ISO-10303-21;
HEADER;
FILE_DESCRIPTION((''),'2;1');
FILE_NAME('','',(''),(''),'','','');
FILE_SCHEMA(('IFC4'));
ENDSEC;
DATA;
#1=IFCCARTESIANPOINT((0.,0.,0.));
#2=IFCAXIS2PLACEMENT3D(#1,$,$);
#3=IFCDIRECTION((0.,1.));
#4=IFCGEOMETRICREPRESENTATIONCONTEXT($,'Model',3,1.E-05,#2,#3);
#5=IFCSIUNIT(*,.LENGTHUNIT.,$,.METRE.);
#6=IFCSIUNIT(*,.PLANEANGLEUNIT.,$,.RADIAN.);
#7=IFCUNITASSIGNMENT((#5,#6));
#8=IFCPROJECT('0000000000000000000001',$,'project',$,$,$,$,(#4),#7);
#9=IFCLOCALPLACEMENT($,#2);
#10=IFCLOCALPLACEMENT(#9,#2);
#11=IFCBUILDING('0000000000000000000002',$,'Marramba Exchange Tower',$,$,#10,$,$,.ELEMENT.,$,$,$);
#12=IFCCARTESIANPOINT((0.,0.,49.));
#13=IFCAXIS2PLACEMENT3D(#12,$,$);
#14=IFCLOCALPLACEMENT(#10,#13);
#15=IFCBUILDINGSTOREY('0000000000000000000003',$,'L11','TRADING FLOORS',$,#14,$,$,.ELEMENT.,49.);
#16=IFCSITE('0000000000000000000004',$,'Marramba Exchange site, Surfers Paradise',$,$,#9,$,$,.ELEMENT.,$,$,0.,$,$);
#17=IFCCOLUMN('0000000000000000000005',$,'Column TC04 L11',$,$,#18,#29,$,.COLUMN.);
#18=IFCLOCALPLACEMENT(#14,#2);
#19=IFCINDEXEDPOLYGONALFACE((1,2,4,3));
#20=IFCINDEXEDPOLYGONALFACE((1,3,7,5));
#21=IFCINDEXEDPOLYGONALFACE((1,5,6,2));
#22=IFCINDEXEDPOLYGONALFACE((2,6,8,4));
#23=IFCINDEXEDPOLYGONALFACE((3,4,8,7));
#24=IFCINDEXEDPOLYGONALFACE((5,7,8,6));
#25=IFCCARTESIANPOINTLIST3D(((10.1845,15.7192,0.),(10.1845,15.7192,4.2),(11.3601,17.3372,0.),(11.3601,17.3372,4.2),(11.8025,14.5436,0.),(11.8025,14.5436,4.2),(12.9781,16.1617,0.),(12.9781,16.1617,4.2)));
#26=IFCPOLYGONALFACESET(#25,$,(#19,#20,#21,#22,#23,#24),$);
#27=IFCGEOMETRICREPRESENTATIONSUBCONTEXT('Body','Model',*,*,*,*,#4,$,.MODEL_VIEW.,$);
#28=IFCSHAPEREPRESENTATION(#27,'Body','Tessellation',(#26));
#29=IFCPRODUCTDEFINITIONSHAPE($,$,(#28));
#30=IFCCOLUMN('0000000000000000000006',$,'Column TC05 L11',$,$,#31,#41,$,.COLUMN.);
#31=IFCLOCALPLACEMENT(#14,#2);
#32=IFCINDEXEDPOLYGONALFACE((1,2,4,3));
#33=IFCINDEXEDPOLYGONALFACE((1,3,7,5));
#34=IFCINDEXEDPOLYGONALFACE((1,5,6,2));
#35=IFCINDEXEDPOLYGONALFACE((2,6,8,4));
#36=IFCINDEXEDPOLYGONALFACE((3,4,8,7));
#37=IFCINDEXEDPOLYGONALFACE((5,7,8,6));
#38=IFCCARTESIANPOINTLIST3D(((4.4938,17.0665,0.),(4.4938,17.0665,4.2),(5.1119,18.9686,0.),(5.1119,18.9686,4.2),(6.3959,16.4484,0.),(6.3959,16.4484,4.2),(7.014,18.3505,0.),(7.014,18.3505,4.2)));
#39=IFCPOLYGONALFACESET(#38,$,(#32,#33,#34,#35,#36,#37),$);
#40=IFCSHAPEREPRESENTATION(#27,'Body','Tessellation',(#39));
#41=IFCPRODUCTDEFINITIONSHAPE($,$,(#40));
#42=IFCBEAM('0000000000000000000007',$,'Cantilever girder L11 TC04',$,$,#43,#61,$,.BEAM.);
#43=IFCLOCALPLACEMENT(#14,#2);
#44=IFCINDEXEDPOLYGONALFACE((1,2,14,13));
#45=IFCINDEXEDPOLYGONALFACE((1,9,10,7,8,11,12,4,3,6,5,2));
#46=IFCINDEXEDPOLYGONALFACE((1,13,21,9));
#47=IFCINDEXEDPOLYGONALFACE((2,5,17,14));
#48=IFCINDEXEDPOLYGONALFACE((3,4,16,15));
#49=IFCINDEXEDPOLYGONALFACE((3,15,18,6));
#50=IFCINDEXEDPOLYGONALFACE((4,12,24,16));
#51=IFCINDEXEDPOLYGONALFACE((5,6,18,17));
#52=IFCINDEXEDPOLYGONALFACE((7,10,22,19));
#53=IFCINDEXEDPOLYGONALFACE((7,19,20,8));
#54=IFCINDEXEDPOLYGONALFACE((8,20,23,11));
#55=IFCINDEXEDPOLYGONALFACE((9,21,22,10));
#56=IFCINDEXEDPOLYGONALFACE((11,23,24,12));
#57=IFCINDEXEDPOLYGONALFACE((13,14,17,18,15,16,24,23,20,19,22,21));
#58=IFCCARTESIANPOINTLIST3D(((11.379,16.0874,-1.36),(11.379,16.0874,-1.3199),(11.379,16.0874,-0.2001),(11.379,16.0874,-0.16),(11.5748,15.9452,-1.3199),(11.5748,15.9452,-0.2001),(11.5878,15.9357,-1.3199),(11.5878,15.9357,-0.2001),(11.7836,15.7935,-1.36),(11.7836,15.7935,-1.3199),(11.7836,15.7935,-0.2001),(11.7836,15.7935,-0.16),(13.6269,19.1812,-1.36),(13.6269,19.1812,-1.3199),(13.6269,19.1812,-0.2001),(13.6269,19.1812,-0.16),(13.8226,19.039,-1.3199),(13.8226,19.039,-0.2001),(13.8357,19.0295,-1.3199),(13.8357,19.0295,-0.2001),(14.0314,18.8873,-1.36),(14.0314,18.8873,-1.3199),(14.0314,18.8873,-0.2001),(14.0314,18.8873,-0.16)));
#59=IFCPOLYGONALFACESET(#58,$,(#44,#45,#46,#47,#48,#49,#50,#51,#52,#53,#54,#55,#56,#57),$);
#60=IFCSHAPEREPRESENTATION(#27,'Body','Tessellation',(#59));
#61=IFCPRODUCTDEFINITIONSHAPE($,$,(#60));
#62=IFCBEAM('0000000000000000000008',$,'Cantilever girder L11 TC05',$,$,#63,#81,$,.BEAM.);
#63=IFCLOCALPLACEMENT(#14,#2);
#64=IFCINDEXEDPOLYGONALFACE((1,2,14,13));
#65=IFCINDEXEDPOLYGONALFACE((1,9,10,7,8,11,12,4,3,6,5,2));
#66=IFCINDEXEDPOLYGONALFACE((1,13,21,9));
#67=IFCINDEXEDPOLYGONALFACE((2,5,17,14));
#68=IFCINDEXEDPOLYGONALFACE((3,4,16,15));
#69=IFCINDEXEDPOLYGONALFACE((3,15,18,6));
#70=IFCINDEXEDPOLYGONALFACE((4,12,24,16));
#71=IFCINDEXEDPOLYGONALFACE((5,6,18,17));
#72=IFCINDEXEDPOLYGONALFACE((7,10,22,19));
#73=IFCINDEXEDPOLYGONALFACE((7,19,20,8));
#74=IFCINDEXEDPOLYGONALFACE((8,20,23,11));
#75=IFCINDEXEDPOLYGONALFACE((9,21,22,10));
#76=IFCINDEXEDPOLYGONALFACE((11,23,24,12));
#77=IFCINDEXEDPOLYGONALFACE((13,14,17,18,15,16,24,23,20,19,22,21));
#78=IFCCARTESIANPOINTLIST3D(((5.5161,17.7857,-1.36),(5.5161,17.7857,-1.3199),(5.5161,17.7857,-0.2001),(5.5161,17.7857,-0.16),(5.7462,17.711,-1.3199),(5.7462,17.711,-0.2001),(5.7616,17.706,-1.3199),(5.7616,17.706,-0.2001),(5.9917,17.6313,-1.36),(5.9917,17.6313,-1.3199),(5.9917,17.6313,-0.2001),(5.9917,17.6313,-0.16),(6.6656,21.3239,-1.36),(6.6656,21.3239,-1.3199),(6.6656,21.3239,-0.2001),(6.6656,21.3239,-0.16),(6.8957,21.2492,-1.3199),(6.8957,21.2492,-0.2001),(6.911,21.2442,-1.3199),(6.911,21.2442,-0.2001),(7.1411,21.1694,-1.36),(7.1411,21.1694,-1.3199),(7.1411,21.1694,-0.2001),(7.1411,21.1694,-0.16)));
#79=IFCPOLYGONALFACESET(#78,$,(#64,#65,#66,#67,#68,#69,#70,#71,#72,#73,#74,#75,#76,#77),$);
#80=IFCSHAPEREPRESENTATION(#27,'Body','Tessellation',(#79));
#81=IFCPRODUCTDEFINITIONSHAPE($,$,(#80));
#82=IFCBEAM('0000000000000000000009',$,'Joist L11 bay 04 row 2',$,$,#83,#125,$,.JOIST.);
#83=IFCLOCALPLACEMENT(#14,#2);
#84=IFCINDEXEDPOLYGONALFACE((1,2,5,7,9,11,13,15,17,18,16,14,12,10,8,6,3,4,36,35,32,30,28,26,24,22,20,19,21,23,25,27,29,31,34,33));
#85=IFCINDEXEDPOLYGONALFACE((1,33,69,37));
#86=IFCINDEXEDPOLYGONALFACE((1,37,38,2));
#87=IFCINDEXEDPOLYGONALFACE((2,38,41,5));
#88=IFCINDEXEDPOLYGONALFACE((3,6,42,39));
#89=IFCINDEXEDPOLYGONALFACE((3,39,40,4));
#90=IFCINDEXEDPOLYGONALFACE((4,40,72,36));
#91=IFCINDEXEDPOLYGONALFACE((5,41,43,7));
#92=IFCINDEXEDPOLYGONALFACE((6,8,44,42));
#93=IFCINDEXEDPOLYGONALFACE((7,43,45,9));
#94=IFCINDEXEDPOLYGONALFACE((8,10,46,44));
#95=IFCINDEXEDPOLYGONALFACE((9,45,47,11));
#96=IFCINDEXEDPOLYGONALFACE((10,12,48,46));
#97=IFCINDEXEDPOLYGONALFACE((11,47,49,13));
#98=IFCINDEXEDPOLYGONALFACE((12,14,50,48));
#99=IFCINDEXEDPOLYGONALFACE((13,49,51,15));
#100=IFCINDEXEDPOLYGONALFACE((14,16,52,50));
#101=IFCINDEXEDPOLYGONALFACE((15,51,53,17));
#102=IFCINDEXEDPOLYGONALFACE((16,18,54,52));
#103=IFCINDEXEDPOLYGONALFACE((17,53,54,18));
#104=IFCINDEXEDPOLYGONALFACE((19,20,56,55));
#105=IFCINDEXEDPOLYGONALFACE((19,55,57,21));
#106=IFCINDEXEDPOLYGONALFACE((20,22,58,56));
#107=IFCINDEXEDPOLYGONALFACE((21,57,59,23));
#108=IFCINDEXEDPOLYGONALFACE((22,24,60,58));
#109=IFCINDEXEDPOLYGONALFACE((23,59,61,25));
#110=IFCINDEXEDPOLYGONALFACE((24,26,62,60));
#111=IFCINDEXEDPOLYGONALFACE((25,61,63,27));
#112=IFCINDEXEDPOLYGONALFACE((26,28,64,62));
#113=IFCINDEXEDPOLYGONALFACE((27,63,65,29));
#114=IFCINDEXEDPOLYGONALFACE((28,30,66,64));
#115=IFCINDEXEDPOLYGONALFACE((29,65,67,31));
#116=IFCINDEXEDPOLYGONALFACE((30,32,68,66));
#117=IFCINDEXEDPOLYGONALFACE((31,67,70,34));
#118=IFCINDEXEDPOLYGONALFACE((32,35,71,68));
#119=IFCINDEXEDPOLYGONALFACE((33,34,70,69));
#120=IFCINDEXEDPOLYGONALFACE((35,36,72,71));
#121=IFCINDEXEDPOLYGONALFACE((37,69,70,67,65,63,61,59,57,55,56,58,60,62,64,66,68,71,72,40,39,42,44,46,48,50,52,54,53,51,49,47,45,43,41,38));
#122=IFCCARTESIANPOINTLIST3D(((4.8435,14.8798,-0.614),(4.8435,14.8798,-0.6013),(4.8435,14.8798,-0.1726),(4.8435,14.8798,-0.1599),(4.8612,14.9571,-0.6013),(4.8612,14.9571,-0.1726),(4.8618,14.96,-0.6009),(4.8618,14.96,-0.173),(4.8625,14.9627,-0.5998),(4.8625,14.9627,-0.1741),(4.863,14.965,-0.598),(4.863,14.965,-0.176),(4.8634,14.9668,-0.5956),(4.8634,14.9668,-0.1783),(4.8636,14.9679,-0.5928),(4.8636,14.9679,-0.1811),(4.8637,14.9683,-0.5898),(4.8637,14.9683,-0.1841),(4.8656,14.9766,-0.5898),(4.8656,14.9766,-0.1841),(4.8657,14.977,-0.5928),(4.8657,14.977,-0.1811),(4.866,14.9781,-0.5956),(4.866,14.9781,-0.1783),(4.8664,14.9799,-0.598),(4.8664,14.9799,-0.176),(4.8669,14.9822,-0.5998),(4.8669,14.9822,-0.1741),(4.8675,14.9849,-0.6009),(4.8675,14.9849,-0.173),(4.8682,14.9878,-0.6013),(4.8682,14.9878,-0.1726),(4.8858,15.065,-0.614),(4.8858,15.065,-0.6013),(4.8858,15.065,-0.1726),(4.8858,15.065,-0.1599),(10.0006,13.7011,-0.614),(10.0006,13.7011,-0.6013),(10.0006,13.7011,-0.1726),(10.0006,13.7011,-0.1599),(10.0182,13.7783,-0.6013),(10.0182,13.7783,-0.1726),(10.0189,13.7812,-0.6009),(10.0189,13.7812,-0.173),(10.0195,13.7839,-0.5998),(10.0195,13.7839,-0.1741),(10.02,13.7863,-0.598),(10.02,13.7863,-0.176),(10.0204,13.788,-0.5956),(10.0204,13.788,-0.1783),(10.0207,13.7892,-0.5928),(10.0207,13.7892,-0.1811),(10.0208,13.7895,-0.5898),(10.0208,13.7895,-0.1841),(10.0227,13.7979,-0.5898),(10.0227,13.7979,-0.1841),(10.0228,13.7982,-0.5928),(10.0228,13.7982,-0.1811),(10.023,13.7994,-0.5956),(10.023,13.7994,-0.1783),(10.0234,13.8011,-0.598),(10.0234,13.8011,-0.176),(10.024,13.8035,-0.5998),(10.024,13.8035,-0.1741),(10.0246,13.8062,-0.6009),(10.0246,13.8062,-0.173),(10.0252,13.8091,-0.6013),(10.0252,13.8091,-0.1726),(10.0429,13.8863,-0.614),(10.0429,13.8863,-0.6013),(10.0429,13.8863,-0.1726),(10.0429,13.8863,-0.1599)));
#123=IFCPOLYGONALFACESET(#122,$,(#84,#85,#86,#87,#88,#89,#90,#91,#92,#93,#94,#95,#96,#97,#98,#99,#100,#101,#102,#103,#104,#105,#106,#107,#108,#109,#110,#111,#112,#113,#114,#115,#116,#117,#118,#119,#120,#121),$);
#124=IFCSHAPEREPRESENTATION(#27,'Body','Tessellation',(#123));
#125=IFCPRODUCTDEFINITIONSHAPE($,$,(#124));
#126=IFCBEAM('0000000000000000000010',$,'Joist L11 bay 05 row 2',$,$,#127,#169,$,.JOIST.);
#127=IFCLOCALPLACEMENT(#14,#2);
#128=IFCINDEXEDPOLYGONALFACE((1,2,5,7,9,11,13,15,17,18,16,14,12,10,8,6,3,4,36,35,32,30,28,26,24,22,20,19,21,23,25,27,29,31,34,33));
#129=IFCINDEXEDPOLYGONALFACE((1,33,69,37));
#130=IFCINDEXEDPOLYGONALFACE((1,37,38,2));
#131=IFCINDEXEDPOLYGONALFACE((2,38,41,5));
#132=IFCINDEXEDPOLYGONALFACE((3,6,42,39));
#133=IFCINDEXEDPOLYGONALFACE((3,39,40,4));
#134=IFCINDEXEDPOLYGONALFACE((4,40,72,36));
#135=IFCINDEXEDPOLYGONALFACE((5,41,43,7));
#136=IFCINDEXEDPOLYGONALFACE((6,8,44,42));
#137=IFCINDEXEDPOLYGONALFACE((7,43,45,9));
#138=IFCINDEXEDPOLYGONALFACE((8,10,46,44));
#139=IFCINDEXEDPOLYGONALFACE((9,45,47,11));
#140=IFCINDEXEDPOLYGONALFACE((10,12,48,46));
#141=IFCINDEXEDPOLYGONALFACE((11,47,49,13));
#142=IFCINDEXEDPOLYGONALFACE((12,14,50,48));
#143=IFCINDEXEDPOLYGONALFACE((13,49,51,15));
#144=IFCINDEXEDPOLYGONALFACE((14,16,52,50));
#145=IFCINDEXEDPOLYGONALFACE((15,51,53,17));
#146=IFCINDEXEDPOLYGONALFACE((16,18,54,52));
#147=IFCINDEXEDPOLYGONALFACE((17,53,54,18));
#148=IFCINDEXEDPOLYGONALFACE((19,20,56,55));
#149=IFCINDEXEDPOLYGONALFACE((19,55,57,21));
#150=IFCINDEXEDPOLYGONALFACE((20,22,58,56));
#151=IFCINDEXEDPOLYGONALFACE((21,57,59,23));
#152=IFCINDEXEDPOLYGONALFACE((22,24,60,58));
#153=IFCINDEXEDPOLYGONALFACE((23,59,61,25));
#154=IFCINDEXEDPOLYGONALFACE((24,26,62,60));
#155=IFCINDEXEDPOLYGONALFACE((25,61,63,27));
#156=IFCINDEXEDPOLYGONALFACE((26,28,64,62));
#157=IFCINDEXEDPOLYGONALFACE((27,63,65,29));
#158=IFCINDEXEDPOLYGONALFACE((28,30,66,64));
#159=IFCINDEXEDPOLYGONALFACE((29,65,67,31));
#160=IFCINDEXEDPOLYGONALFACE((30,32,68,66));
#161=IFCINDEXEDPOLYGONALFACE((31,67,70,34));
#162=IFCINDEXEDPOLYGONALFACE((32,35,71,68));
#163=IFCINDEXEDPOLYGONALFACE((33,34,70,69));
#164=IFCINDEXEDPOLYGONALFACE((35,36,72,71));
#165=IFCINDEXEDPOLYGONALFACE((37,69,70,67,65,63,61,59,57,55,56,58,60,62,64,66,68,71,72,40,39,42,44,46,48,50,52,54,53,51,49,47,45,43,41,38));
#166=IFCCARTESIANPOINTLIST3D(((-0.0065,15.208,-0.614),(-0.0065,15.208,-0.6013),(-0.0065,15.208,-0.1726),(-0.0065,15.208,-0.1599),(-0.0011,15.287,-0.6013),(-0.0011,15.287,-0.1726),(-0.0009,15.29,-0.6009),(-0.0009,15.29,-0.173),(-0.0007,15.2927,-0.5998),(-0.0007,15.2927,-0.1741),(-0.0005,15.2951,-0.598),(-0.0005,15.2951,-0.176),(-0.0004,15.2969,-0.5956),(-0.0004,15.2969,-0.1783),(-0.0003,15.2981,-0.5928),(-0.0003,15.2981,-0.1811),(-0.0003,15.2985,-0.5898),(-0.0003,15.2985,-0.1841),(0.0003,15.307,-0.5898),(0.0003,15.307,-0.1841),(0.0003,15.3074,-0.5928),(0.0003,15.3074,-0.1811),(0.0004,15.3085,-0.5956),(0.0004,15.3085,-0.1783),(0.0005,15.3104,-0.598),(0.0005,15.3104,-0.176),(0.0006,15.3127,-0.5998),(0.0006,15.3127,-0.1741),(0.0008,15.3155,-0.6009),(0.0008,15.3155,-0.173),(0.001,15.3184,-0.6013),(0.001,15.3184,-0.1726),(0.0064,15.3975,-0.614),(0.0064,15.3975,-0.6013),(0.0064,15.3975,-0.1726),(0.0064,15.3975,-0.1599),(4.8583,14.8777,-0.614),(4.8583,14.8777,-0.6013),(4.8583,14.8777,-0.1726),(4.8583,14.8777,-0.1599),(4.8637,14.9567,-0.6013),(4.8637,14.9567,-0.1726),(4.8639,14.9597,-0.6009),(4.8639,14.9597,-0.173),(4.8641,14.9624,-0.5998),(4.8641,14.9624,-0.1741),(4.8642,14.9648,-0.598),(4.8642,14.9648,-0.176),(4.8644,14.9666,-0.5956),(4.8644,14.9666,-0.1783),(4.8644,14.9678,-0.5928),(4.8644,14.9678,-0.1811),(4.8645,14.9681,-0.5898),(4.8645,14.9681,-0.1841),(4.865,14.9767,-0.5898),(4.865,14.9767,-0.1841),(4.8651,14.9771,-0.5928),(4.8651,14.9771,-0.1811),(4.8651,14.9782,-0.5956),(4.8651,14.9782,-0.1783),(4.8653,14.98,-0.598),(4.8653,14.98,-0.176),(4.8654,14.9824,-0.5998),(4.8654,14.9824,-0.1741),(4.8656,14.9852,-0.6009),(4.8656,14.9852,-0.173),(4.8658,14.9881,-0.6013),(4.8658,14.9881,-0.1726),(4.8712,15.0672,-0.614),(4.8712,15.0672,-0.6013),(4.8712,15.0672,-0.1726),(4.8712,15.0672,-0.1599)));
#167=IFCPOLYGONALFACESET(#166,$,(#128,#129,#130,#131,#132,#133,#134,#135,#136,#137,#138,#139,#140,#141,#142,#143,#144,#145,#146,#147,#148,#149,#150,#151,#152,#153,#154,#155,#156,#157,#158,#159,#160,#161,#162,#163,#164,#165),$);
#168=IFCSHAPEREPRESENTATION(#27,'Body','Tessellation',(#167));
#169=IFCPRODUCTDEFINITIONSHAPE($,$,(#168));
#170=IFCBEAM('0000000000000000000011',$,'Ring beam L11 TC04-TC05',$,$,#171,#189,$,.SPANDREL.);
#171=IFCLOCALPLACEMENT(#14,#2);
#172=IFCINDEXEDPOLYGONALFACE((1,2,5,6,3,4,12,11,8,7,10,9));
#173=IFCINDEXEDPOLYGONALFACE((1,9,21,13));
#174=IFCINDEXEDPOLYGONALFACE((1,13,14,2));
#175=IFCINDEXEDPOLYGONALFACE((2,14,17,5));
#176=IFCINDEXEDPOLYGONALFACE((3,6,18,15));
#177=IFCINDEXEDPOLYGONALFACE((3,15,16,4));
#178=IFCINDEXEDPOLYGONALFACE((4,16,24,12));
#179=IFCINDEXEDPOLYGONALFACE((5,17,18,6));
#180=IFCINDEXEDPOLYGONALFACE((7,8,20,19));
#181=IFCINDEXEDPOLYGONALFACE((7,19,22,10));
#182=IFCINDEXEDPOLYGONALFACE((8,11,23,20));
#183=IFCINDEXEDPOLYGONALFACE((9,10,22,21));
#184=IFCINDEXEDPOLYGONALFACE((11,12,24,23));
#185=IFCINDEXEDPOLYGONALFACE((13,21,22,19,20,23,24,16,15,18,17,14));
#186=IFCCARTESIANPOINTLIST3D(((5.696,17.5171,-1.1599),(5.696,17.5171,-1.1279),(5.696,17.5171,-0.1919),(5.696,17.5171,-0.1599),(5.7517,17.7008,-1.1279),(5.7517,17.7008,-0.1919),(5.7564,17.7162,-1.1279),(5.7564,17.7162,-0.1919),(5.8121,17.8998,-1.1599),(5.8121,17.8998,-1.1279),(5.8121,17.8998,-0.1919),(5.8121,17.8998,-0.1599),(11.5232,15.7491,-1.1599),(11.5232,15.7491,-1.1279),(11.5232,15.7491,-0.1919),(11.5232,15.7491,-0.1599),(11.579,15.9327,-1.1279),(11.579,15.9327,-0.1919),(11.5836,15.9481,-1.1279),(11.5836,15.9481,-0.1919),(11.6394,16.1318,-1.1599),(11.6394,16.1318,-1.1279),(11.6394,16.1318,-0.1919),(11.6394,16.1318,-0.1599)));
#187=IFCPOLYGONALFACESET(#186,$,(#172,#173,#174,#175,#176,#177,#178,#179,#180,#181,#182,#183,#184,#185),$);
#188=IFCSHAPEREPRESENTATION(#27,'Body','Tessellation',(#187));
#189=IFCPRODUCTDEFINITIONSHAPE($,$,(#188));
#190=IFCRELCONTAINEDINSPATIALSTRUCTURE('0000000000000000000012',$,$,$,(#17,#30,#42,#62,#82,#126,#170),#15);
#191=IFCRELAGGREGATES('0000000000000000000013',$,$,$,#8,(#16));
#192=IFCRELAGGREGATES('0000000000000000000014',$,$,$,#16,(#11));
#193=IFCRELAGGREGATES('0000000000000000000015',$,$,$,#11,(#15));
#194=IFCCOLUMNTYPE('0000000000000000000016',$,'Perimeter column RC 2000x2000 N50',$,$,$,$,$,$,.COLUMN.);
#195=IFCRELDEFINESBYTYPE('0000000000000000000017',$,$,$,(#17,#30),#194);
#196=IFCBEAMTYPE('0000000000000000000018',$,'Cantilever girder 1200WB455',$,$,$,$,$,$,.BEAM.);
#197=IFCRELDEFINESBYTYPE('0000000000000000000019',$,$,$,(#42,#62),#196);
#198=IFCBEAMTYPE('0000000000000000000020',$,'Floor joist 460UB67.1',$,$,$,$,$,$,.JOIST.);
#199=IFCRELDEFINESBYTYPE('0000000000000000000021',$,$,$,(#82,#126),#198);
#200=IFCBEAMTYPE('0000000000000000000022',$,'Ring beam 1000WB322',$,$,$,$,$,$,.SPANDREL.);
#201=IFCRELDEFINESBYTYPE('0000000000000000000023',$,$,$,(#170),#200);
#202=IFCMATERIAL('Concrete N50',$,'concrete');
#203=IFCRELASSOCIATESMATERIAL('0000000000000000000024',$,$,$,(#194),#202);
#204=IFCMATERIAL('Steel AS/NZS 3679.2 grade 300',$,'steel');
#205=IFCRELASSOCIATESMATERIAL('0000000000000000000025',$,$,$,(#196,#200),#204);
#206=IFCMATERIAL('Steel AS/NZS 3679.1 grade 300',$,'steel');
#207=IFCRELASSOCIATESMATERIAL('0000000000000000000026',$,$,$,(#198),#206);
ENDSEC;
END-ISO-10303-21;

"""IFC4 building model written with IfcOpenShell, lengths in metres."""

from ifc_helpers import new_model, si_unit, direction, frame, origin, origin_2d, place, context, subcontext, project, spatial, rectangle, i_section, extrude, material, material_profile, profile_set, type_object, element, save


model = new_model("IFC4")

# Units and contexts
model_context = context("Model", 3, precision=1e-05, world=origin(), true_north=direction((0.0, 1.0)))
body_context = subcontext(model_context, "Body", "Model", "MODEL_VIEW")
ifc_project = project(units=[si_unit("LENGTHUNIT", "METRE"), si_unit("PLANEANGLEUNIT", "RADIAN")], contexts=[model_context])

# Site, building, storey
site_placement = place(None, origin())
site = spatial("IfcSite", under=ifc_project, at=site_placement, Name="Marramba Exchange site, Surfers Paradise", CompositionType="ELEMENT", RefElevation=0.0)
building_placement = place(site_placement, origin())
building = spatial("IfcBuilding", under=site, at=building_placement, Name="Marramba Exchange Tower", CompositionType="ELEMENT")
storey_placement = place(building_placement, frame((0.0, 0.0, 49.0)))
storey = spatial("IfcBuildingStorey", under=building, at=storey_placement, Name="L11", Description="TRADING FLOORS", CompositionType="ELEMENT", Elevation=49.0)

# Columns
ifc_material_1 = material(Name="Concrete N50", Category="concrete")
ifc_material_profile_1 = material_profile(ifc_material_1, rectangle(XDim=2.0, YDim=2.0, at=origin_2d()), Name="RC 2000x2000")
ifc_profile_set_1 = profile_set([ifc_material_profile_1], Name="Concrete N50")
column_type = type_object("IfcColumnType", Name="Perimeter column RC 2000x2000 N50", PredefinedType="COLUMN", material=ifc_profile_set_1)
for number, where, z_axis, x_axis, name in (
    (1, (11.5813, 15.9404, 0.0), (0.0, 0.0, 1.0), (0.587785, 0.809017, 0.0), "Column TC04 L11"),
    (2, (5.7539, 17.7085, 0.0), (0.0, 0.0, 1.0), (0.309017, 0.951057, 0.0), "Column TC05 L11"),
):
    element("IfcColumn", number, at=place(storey_placement, frame(where, z_axis=z_axis, x_axis=x_axis)), inside=storey, type_object=column_type, Name=name, PredefinedType="COLUMN", context=body_context, shape_type="SweptSolid", body=[
        extrude(rectangle(XDim=2.0, YDim=2.0, at=origin_2d()), origin(), (0.0, 0.0, 1.0), 4.2),
    ])

# Beams
ifc_material_2 = material(Name="Steel AS/NZS 3679.2 grade 300", Category="steel")
ifc_material_profile_2 = material_profile(ifc_material_2, i_section(OverallWidth=0.5, OverallDepth=1.2, WebThickness=0.0161, FlangeThickness=0.04, at=origin_2d()), Name="1200WB455")
ifc_profile_set_2 = profile_set([ifc_material_profile_2], Name="Steel AS/NZS 3679.2 grade 300")
beam_type_1 = type_object("IfcBeamType", Name="Cantilever girder 1200WB455", PredefinedType="BEAM", material=ifc_profile_set_2)
beam_1_placement = place(storey_placement, frame((11.5813, 15.9404, -0.76), z_axis=(0.587796, 0.809009, 0.0), x_axis=(-0.809009, 0.587796, 0.0)))
element("IfcBeam", 3, at=beam_1_placement, inside=storey, type_object=beam_type_1, Name="Cantilever girder L11 TC04", PredefinedType="BEAM", context=body_context, shape_type="SweptSolid", body=[
    extrude(i_section(OverallWidth=0.5, OverallDepth=1.2, WebThickness=0.0161, FlangeThickness=0.04, at=origin_2d()), origin(), (0.0, 0.0, 1.0), 3.8242),
])
beam_2_placement = place(storey_placement, frame((5.7539, 17.7085, -0.76), z_axis=(0.308973, 0.951071, 0.0), x_axis=(-0.951071, 0.308973, 0.0)))
element("IfcBeam", 4, at=beam_2_placement, inside=storey, type_object=beam_type_1, Name="Cantilever girder L11 TC05", PredefinedType="BEAM", context=body_context, shape_type="SweptSolid", body=[
    extrude(i_section(OverallWidth=0.5, OverallDepth=1.2, WebThickness=0.0161, FlangeThickness=0.04, at=origin_2d()), origin(), (0.0, 0.0, 1.0), 3.7202),
])
ifc_material_3 = material(Name="Steel AS/NZS 3679.1 grade 300", Category="steel")
ifc_material_profile_3 = material_profile(ifc_material_3, i_section(OverallWidth=0.1899, OverallDepth=0.4541, WebThickness=0.0085, FlangeThickness=0.0127, FilletRadius=0.0115, at=origin_2d()), Name="460UB67.1")
ifc_profile_set_3 = profile_set([ifc_material_profile_3], Name="Steel AS/NZS 3679.1 grade 300")
beam_type_2 = type_object("IfcBeamType", Name="Floor joist 460UB67.1", PredefinedType="JOIST", material=ifc_profile_set_3)
beam_3_placement = place(storey_placement, frame((10.0217, 13.7937, -0.387), z_axis=(-0.97486, 0.22282, 0.0), x_axis=(-0.22282, -0.97486, 0.0)))
element("IfcBeam", 5, at=beam_3_placement, inside=storey, type_object=beam_type_2, Name="Joist L11 bay 04 row 2", PredefinedType="JOIST", context=body_context, shape_type="SweptSolid", body=[
    extrude(i_section(OverallWidth=0.1899, OverallDepth=0.4541, WebThickness=0.0085, FlangeThickness=0.0127, FilletRadius=0.0115, at=origin_2d()), origin(), (0.0, 0.0, 1.0), 5.29),
])
beam_4_placement = place(storey_placement, frame((4.8647, 14.9724, -0.387), z_axis=(-0.997703, 0.067745, 0.0), x_axis=(-0.067745, -0.997703, 0.0)))
element("IfcBeam", 6, at=beam_4_placement, inside=storey, type_object=beam_type_2, Name="Joist L11 bay 05 row 2", PredefinedType="JOIST", context=body_context, shape_type="SweptSolid", body=[
    extrude(i_section(OverallWidth=0.1899, OverallDepth=0.4541, WebThickness=0.0085, FlangeThickness=0.0127, FilletRadius=0.0115, at=origin_2d()), origin(), (0.0, 0.0, 1.0), 4.876),
])
ifc_material_profile_4 = material_profile(ifc_material_2, i_section(OverallWidth=0.3999, OverallDepth=1.0, WebThickness=0.0161, FlangeThickness=0.032, at=origin_2d()), Name="1000WB322")
ifc_profile_set_4 = profile_set([ifc_material_profile_4], Name="Steel AS/NZS 3679.2 grade 300")
beam_type_3 = type_object("IfcBeamType", Name="Ring beam 1000WB322", PredefinedType="SPANDREL", material=ifc_profile_set_4)
beam_5_placement = place(storey_placement, frame((11.5813, 15.9404, -0.6599), z_axis=(-0.956925, 0.290337, 0.0), x_axis=(-0.290337, -0.956925, 0.0)))
element("IfcBeam", 7, at=beam_5_placement, inside=storey, type_object=beam_type_3, Name="Ring beam L11 TC04-TC05", PredefinedType="SPANDREL", context=body_context, shape_type="SweptSolid", body=[
    extrude(i_section(OverallWidth=0.3999, OverallDepth=1.0, WebThickness=0.0161, FlangeThickness=0.032, at=origin_2d()), origin(), (0.0, 0.0, 1.0), 6.0896),
])

save(model, "model.ifc")
